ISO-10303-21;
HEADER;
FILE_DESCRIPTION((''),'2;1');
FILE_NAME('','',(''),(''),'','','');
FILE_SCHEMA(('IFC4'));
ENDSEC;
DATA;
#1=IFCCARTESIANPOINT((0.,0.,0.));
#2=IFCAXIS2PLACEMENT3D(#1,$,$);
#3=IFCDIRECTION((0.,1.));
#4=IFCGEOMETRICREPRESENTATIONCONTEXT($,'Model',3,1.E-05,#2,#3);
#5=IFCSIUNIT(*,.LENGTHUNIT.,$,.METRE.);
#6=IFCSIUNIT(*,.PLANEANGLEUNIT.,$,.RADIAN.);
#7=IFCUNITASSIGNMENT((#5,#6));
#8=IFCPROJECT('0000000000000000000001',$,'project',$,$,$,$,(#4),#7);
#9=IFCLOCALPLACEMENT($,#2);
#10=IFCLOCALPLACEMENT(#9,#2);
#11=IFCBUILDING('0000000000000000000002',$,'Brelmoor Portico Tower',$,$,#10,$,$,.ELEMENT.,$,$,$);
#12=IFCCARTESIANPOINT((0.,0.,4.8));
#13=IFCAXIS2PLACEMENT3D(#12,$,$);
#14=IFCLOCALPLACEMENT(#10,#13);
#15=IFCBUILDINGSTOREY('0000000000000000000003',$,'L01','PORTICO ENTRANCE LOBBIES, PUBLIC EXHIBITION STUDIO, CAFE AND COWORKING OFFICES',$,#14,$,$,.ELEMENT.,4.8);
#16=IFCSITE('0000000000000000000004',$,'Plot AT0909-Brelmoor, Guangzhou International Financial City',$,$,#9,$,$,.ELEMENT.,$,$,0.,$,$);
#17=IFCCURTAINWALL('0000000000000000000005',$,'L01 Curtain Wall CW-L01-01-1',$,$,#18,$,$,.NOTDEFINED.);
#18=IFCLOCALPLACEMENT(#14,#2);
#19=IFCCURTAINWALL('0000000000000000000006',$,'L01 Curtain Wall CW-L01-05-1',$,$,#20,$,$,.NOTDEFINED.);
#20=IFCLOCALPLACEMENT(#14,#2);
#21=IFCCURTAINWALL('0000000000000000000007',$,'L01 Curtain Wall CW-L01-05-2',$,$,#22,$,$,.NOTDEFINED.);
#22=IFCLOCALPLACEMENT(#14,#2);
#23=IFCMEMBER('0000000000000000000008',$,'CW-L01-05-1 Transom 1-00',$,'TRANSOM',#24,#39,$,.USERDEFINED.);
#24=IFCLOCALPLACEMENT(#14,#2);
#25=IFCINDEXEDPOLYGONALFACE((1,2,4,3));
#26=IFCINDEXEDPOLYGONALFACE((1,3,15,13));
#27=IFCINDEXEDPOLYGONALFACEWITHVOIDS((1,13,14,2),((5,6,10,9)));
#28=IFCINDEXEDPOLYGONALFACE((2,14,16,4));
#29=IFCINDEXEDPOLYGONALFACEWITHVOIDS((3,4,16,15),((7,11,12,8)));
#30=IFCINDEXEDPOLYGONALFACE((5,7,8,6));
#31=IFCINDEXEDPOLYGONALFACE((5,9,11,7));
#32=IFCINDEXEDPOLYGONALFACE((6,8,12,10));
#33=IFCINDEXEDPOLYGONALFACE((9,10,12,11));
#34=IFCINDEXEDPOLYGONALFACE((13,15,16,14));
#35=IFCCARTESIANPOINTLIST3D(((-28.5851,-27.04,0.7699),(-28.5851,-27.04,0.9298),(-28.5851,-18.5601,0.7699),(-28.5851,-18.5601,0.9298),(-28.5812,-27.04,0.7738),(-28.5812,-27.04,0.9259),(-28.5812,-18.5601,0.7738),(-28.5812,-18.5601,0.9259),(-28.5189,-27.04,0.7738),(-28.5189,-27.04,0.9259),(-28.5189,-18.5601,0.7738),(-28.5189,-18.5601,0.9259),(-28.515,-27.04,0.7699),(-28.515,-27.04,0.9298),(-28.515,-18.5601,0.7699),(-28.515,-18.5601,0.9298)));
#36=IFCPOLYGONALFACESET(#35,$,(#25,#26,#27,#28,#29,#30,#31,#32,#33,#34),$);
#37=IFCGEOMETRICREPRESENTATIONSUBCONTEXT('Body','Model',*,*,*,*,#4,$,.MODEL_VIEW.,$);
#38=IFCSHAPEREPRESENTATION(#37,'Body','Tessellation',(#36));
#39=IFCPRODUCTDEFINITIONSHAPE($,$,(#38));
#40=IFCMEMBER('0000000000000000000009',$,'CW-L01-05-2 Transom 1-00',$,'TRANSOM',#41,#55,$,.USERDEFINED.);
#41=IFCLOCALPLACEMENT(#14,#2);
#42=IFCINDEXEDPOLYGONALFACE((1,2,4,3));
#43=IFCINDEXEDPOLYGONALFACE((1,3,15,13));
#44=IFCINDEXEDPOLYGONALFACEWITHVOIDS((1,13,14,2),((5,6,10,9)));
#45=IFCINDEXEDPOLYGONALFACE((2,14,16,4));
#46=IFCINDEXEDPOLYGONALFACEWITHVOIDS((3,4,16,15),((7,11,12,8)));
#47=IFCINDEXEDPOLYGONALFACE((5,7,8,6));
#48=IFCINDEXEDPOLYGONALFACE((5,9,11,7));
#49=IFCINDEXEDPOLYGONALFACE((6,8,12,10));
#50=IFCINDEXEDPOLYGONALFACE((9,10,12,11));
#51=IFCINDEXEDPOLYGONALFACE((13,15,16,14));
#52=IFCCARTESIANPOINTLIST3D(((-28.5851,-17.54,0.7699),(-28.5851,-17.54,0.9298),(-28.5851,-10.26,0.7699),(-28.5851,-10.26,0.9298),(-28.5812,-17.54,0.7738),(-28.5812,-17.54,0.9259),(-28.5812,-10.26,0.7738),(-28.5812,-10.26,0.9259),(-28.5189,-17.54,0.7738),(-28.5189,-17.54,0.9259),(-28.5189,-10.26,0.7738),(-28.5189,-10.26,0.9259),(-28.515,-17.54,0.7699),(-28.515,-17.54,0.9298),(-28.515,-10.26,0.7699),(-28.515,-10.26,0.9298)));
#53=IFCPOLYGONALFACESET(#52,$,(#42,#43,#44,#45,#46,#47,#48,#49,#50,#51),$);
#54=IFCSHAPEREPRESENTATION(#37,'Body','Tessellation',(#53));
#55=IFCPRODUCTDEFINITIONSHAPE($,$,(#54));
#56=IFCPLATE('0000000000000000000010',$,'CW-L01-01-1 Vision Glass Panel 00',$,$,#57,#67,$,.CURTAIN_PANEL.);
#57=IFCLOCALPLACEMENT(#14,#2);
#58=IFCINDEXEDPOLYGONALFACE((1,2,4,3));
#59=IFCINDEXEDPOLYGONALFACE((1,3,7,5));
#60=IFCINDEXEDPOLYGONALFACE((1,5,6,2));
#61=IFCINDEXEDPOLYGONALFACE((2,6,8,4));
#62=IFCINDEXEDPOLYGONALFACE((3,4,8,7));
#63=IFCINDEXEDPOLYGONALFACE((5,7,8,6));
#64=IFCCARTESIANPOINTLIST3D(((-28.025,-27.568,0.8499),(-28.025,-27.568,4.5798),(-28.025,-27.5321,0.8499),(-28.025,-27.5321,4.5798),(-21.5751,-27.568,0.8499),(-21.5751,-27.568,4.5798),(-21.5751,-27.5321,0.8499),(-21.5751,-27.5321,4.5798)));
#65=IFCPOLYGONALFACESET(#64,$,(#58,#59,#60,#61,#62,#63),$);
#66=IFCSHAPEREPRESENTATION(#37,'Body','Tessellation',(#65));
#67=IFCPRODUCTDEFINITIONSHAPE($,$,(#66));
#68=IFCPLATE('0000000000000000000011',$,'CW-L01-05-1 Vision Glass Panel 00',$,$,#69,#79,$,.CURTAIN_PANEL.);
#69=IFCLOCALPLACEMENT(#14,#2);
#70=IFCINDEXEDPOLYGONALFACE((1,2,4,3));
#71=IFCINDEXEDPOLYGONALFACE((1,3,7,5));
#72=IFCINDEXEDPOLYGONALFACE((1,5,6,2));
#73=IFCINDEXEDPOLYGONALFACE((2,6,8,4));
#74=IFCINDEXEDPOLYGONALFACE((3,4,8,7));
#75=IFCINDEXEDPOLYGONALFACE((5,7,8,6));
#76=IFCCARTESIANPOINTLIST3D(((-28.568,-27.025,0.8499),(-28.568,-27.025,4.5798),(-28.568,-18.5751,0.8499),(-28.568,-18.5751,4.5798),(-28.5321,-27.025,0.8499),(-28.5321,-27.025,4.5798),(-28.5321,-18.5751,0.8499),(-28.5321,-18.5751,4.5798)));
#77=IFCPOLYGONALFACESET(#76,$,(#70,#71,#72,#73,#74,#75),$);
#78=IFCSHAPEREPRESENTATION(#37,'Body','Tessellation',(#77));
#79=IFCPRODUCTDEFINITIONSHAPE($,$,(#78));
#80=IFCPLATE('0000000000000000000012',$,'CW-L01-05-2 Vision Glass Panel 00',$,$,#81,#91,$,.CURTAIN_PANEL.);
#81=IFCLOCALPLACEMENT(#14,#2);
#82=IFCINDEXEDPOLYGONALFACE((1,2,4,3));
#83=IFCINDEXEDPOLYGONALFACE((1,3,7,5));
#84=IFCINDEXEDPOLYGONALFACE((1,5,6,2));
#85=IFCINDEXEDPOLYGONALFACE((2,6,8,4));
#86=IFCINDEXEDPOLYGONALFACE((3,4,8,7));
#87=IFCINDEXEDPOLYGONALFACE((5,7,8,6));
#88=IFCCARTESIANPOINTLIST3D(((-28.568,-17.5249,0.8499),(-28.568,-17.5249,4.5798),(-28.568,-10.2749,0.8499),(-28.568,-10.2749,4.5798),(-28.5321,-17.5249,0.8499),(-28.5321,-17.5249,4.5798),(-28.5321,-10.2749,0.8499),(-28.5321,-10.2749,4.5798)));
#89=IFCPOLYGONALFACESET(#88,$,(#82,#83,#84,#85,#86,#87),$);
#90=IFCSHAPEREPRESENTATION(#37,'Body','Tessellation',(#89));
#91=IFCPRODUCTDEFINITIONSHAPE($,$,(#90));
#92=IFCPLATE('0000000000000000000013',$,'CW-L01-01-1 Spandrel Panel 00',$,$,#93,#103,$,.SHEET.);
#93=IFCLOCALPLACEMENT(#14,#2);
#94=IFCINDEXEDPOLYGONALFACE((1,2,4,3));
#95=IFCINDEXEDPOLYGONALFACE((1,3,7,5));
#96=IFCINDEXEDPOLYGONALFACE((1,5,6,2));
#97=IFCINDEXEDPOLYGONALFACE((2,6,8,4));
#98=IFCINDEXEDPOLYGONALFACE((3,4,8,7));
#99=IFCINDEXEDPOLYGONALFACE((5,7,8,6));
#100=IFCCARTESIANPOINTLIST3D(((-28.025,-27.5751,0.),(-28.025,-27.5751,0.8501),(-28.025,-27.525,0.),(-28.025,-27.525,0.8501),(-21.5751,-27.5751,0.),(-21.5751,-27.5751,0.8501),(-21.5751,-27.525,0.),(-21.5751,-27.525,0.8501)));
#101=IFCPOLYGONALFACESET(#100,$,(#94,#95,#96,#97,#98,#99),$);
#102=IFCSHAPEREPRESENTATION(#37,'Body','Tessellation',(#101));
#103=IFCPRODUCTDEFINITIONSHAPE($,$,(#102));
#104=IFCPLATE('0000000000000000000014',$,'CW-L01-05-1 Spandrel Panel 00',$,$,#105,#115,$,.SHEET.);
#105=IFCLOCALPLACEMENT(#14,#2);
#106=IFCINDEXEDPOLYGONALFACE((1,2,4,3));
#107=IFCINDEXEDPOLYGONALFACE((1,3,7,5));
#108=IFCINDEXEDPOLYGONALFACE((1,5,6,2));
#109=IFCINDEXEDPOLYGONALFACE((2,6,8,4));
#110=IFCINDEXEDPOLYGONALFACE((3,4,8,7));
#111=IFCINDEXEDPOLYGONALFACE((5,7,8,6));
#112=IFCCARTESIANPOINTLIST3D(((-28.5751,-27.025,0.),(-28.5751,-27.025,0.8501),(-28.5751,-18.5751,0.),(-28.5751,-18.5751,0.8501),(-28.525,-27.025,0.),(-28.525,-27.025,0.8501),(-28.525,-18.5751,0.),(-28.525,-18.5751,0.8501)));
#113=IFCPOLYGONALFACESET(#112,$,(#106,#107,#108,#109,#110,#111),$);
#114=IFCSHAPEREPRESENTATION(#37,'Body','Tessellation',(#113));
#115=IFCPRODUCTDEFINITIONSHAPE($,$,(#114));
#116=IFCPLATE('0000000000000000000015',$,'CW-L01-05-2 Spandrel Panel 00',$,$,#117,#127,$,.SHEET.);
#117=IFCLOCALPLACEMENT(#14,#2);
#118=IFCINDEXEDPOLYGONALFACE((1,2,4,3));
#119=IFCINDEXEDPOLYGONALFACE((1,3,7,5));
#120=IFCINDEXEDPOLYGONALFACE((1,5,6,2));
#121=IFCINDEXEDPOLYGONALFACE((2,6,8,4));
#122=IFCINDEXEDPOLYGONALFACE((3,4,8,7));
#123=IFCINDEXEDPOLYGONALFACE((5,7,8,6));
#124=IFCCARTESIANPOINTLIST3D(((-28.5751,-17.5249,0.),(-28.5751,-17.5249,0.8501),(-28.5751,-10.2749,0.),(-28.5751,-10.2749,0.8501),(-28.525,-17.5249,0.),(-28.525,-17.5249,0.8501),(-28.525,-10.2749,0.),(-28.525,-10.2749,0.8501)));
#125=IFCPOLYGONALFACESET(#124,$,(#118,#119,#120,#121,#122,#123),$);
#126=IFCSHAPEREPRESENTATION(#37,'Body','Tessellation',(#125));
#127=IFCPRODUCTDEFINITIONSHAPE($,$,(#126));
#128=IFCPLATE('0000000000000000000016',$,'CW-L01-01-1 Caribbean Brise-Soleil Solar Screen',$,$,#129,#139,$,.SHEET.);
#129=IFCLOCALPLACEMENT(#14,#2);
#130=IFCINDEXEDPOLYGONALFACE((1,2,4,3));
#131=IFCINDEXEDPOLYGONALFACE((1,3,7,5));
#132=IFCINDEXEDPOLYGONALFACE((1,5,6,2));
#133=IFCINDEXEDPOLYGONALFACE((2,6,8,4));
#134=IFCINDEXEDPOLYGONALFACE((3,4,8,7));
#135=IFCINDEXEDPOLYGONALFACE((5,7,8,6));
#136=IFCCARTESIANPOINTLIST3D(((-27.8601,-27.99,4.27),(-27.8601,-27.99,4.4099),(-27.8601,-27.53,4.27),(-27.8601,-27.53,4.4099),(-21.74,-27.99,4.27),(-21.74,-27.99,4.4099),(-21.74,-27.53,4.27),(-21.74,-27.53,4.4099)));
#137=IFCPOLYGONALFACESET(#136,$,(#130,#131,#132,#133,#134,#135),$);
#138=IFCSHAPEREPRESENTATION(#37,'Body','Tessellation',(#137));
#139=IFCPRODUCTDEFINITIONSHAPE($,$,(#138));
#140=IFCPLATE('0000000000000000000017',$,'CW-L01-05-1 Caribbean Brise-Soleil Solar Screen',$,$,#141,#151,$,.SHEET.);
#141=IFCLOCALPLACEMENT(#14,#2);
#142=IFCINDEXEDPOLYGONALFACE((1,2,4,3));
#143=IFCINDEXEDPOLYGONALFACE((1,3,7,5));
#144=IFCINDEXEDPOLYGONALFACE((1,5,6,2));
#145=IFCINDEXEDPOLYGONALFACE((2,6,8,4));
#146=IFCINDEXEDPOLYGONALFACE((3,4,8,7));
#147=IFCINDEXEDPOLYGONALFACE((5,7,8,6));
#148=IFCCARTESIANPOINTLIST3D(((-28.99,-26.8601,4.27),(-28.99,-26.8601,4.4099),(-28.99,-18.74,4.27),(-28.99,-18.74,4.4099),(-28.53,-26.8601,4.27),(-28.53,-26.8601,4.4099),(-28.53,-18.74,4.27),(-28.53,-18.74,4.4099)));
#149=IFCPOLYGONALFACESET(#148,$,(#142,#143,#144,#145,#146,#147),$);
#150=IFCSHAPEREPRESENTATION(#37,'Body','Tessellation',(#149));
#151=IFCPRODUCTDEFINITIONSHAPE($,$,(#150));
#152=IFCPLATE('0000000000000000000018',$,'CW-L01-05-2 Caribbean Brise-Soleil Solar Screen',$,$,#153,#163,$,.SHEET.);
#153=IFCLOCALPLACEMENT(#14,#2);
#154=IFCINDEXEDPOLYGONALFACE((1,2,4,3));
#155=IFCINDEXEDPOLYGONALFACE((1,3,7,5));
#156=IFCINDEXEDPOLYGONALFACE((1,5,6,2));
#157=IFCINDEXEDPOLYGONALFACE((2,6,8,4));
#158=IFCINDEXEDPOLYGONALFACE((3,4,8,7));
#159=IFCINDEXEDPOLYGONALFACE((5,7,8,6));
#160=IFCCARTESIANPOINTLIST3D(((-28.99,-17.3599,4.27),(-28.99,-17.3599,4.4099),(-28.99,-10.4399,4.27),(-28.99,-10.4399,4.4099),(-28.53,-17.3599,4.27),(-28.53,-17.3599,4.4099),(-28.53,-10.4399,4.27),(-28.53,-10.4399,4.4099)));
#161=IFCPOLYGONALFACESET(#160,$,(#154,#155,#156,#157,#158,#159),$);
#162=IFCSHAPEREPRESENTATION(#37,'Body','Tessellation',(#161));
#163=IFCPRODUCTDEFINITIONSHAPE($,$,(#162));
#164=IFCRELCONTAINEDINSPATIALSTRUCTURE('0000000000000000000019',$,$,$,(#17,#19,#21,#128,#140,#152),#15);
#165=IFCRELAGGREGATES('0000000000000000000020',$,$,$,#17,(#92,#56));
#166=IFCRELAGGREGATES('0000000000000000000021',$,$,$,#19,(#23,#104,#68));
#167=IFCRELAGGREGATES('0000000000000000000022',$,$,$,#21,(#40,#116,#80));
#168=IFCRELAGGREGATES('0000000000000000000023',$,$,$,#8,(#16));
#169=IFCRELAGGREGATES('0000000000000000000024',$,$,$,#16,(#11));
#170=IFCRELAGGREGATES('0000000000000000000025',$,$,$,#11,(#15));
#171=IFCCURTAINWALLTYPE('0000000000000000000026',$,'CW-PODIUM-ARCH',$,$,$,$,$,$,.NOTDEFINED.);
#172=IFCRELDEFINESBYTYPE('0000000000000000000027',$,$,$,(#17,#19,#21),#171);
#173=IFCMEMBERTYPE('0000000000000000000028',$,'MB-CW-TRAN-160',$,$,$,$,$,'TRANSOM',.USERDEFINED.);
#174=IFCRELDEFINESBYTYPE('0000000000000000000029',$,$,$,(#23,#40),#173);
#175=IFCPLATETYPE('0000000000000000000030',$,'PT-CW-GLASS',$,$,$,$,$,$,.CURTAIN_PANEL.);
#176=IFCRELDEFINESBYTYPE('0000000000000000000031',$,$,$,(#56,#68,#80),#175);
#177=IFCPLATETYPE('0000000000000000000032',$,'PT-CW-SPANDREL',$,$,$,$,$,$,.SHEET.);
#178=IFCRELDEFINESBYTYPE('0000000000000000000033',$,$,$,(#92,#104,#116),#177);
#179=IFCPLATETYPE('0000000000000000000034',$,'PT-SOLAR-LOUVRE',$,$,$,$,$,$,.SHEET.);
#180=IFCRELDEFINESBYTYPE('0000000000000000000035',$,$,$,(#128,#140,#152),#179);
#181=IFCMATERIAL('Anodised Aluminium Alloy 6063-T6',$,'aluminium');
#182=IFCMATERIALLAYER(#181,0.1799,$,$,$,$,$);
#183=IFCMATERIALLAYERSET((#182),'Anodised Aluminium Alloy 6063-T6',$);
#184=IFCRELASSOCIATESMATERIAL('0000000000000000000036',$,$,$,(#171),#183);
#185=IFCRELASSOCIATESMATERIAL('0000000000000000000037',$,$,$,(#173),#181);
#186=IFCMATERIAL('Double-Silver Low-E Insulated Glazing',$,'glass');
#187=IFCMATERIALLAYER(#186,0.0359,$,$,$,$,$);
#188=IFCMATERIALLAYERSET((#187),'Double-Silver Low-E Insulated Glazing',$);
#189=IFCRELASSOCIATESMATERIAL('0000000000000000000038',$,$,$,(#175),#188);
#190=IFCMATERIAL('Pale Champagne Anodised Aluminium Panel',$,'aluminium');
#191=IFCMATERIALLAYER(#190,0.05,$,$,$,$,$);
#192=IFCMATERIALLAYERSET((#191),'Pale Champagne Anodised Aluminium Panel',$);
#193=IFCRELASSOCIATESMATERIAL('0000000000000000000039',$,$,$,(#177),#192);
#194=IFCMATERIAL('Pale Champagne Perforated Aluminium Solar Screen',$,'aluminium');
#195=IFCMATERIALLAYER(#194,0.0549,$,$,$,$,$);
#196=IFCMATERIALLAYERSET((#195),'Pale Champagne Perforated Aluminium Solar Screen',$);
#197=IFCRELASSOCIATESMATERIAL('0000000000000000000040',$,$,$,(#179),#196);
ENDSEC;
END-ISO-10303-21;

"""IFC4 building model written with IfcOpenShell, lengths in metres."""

from ifc_helpers import new_model, si_unit, direction, frame, origin, origin_2d, place, context, subcontext, project, spatial, rectangle, hollow_rectangle, extrude, material, layer, layer_set, material_profile, profile_set, type_object, element, aggregate, save


model = new_model("IFC4")

# Units and contexts
model_context = context("Model", 3, precision=1e-05, world=origin(), true_north=direction((0.0, 1.0)))
body_context = subcontext(model_context, "Body", "Model", "MODEL_VIEW")
ifc_project = project(units=[si_unit("LENGTHUNIT", "METRE"), si_unit("PLANEANGLEUNIT", "RADIAN")], contexts=[model_context])

# Site, building, storey
site_placement = place(None, origin())
site = spatial("IfcSite", under=ifc_project, at=site_placement, Name="Plot AT0909-Brelmoor, Guangzhou International Financial City", CompositionType="ELEMENT", RefElevation=0.0)
building_placement = place(site_placement, origin())
building = spatial("IfcBuilding", under=site, at=building_placement, Name="Brelmoor Portico Tower", CompositionType="ELEMENT")
storey_placement = place(building_placement, frame((0.0, 0.0, 4.8)))
storey = spatial("IfcBuildingStorey", under=building, at=storey_placement, Name="L01", Description="PORTICO ENTRANCE LOBBIES, PUBLIC EXHIBITION STUDIO, CAFE AND COWORKING OFFICES", CompositionType="ELEMENT", Elevation=4.8)

# Curtain wall
ifc_material_1 = material(Name="Anodised Aluminium Alloy 6063-T6", Category="aluminium")
ifc_layer_1 = layer(ifc_material_1, 0.1799)
ifc_layer_set_1 = layer_set([ifc_layer_1], Name="Anodised Aluminium Alloy 6063-T6")
curtain_wall_type = type_object("IfcCurtainWallType", Name="CW-PODIUM-ARCH", PredefinedType="NOTDEFINED", material=ifc_layer_set_1)
curtain_wall_1_placement = place(storey_placement, origin())
curtain_wall_1 = element("IfcCurtainWall", 1, at=curtain_wall_1_placement, inside=storey, type_object=curtain_wall_type, Name="L01 Curtain Wall CW-L01-01-1", PredefinedType="NOTDEFINED")

# Curtain wall
curtain_wall_2_placement = place(storey_placement, origin())
curtain_wall_2 = element("IfcCurtainWall", 2, at=curtain_wall_2_placement, inside=storey, type_object=curtain_wall_type, Name="L01 Curtain Wall CW-L01-05-1", PredefinedType="NOTDEFINED")

# Curtain wall
curtain_wall_3_placement = place(storey_placement, origin())
curtain_wall_3 = element("IfcCurtainWall", 3, at=curtain_wall_3_placement, inside=storey, type_object=curtain_wall_type, Name="L01 Curtain Wall CW-L01-05-2", PredefinedType="NOTDEFINED")

# Members
ifc_material_profile_1 = material_profile(ifc_material_1, hollow_rectangle(XDim=0.0701, YDim=0.1599, WallThickness=0.0039, at=origin_2d()), Name="ALU TRANSOM 70x160")
ifc_profile_set_1 = profile_set([ifc_material_profile_1], Name="Anodised Aluminium Alloy 6063-T6")
member_type_1 = type_object("IfcMemberType", Name="MB-CW-TRAN-160", ElementType="TRANSOM", PredefinedType="USERDEFINED", material=ifc_profile_set_1)
member_1_placement = place(storey_placement, frame((-28.55, -27.04, 0.8499), z_axis=(0.0, 1.0, 0.0), x_axis=(-1.0, 0.0, 0.0)))
member_1 = element("IfcMember", 4, at=member_1_placement, type_object=member_type_1, Name="CW-L01-05-1 Transom 1-00", ObjectType="TRANSOM", PredefinedType="USERDEFINED", context=body_context, shape_type="SweptSolid", body=[
    extrude(hollow_rectangle(XDim=0.0701, YDim=0.1599, WallThickness=0.0039, at=origin_2d()), origin(), (0.0, 0.0, 1.0), 8.48),
])
member_2_placement = place(storey_placement, frame((-28.55, -17.54, 0.8499), z_axis=(0.0, 1.0, 0.0), x_axis=(-1.0, 0.0, 0.0)))
member_2 = element("IfcMember", 5, at=member_2_placement, type_object=member_type_1, Name="CW-L01-05-2 Transom 1-00", ObjectType="TRANSOM", PredefinedType="USERDEFINED", context=body_context, shape_type="SweptSolid", body=[
    extrude(hollow_rectangle(XDim=0.0701, YDim=0.1599, WallThickness=0.0039, at=origin_2d()), origin(), (0.0, 0.0, 1.0), 7.28),
])

# Plates
ifc_material_2 = material(Name="Double-Silver Low-E Insulated Glazing", Category="glass")
ifc_layer_2 = layer(ifc_material_2, 0.0359)
ifc_layer_set_2 = layer_set([ifc_layer_2], Name="Double-Silver Low-E Insulated Glazing")
plate_type_1 = type_object("IfcPlateType", Name="PT-CW-GLASS", PredefinedType="CURTAIN_PANEL", material=ifc_layer_set_2)
plate_1_placement = place(storey_placement, frame((-24.8, -27.55, 0.8499), z_axis=(0.0, 0.0, 1.0), x_axis=(1.0, 0.0, 0.0)))
plate_1 = element("IfcPlate", 6, at=plate_1_placement, type_object=plate_type_1, Name="CW-L01-01-1 Vision Glass Panel 00", PredefinedType="CURTAIN_PANEL", context=body_context, shape_type="SweptSolid", body=[
    extrude(rectangle(XDim=6.45, YDim=0.0359, at=origin_2d()), origin(), (0.0, 0.0, 1.0), 3.73),
])
plate_2_placement = place(storey_placement, frame((-28.55, -22.8, 0.8499), z_axis=(0.0, 0.0, 1.0), x_axis=(0.0, 1.0, 0.0)))
plate_2 = element("IfcPlate", 7, at=plate_2_placement, type_object=plate_type_1, Name="CW-L01-05-1 Vision Glass Panel 00", PredefinedType="CURTAIN_PANEL", context=body_context, shape_type="SweptSolid", body=[
    extrude(rectangle(XDim=8.45, YDim=0.0359, at=origin_2d()), origin(), (0.0, 0.0, 1.0), 3.73),
])
plate_3_placement = place(storey_placement, frame((-28.55, -13.8999, 0.8499), z_axis=(0.0, 0.0, 1.0), x_axis=(0.0, 1.0, 0.0)))
plate_3 = element("IfcPlate", 8, at=plate_3_placement, type_object=plate_type_1, Name="CW-L01-05-2 Vision Glass Panel 00", PredefinedType="CURTAIN_PANEL", context=body_context, shape_type="SweptSolid", body=[
    extrude(rectangle(XDim=7.25, YDim=0.0359, at=origin_2d()), origin(), (0.0, 0.0, 1.0), 3.73),
])
ifc_material_3 = material(Name="Pale Champagne Anodised Aluminium Panel", Category="aluminium")
ifc_layer_3 = layer(ifc_material_3, 0.05)
ifc_layer_set_3 = layer_set([ifc_layer_3], Name="Pale Champagne Anodised Aluminium Panel")
plate_type_2 = type_object("IfcPlateType", Name="PT-CW-SPANDREL", PredefinedType="SHEET", material=ifc_layer_set_3)
plate_4_placement = place(storey_placement, frame((-24.8, -27.55, 0.0), z_axis=(0.0, 0.0, 1.0), x_axis=(1.0, 0.0, 0.0)))
plate_4 = element("IfcPlate", 9, at=plate_4_placement, type_object=plate_type_2, Name="CW-L01-01-1 Spandrel Panel 00", PredefinedType="SHEET", context=body_context, shape_type="SweptSolid", body=[
    extrude(rectangle(XDim=6.45, YDim=0.05, at=origin_2d()), origin(), (0.0, 0.0, 1.0), 0.8501),
])
aggregate(curtain_wall_1, [plate_4, plate_1])
plate_5_placement = place(storey_placement, frame((-28.55, -22.8, 0.0), z_axis=(0.0, 0.0, 1.0), x_axis=(0.0, 1.0, 0.0)))
plate_5 = element("IfcPlate", 10, at=plate_5_placement, type_object=plate_type_2, Name="CW-L01-05-1 Spandrel Panel 00", PredefinedType="SHEET", context=body_context, shape_type="SweptSolid", body=[
    extrude(rectangle(XDim=8.45, YDim=0.05, at=origin_2d()), origin(), (0.0, 0.0, 1.0), 0.8501),
])
aggregate(curtain_wall_2, [member_1, plate_5, plate_2])
plate_6_placement = place(storey_placement, frame((-28.55, -13.8999, 0.0), z_axis=(0.0, 0.0, 1.0), x_axis=(0.0, 1.0, 0.0)))
plate_6 = element("IfcPlate", 11, at=plate_6_placement, type_object=plate_type_2, Name="CW-L01-05-2 Spandrel Panel 00", PredefinedType="SHEET", context=body_context, shape_type="SweptSolid", body=[
    extrude(rectangle(XDim=7.25, YDim=0.05, at=origin_2d()), origin(), (0.0, 0.0, 1.0), 0.8501),
])
aggregate(curtain_wall_3, [member_2, plate_6, plate_3])

# Plates
ifc_material_4 = material(Name="Pale Champagne Perforated Aluminium Solar Screen", Category="aluminium")
ifc_layer_4 = layer(ifc_material_4, 0.0549)
ifc_layer_set_4 = layer_set([ifc_layer_4], Name="Pale Champagne Perforated Aluminium Solar Screen")
plate_type_3 = type_object("IfcPlateType", Name="PT-SOLAR-LOUVRE", PredefinedType="SHEET", material=ifc_layer_set_4)
plate_7_placement = place(storey_placement, frame((-24.8, -27.76, 4.27), z_axis=(0.0, 0.0, 1.0), x_axis=(1.0, 0.0, 0.0)))
element("IfcPlate", 12, at=plate_7_placement, inside=storey, type_object=plate_type_3, Name="CW-L01-01-1 Caribbean Brise-Soleil Solar Screen", PredefinedType="SHEET", context=body_context, shape_type="SweptSolid", body=[
    extrude(rectangle(XDim=6.1201, YDim=0.46, at=origin_2d()), origin(), (0.0, 0.0, 1.0), 0.1399),
])
plate_8_placement = place(storey_placement, frame((-28.76, -22.8, 4.27), z_axis=(0.0, 0.0, 1.0), x_axis=(0.0, 1.0, 0.0)))
element("IfcPlate", 13, at=plate_8_placement, inside=storey, type_object=plate_type_3, Name="CW-L01-05-1 Caribbean Brise-Soleil Solar Screen", PredefinedType="SHEET", context=body_context, shape_type="SweptSolid", body=[
    extrude(rectangle(XDim=8.1201, YDim=0.46, at=origin_2d()), origin(), (0.0, 0.0, 1.0), 0.1399),
])
plate_9_placement = place(storey_placement, frame((-28.76, -13.8999, 4.27), z_axis=(0.0, 0.0, 1.0), x_axis=(0.0, 1.0, 0.0)))
element("IfcPlate", 14, at=plate_9_placement, inside=storey, type_object=plate_type_3, Name="CW-L01-05-2 Caribbean Brise-Soleil Solar Screen", PredefinedType="SHEET", context=body_context, shape_type="SweptSolid", body=[
    extrude(rectangle(XDim=6.9199, YDim=0.46, at=origin_2d()), origin(), (0.0, 0.0, 1.0), 0.1399),
])

save(model, "model.ifc")
